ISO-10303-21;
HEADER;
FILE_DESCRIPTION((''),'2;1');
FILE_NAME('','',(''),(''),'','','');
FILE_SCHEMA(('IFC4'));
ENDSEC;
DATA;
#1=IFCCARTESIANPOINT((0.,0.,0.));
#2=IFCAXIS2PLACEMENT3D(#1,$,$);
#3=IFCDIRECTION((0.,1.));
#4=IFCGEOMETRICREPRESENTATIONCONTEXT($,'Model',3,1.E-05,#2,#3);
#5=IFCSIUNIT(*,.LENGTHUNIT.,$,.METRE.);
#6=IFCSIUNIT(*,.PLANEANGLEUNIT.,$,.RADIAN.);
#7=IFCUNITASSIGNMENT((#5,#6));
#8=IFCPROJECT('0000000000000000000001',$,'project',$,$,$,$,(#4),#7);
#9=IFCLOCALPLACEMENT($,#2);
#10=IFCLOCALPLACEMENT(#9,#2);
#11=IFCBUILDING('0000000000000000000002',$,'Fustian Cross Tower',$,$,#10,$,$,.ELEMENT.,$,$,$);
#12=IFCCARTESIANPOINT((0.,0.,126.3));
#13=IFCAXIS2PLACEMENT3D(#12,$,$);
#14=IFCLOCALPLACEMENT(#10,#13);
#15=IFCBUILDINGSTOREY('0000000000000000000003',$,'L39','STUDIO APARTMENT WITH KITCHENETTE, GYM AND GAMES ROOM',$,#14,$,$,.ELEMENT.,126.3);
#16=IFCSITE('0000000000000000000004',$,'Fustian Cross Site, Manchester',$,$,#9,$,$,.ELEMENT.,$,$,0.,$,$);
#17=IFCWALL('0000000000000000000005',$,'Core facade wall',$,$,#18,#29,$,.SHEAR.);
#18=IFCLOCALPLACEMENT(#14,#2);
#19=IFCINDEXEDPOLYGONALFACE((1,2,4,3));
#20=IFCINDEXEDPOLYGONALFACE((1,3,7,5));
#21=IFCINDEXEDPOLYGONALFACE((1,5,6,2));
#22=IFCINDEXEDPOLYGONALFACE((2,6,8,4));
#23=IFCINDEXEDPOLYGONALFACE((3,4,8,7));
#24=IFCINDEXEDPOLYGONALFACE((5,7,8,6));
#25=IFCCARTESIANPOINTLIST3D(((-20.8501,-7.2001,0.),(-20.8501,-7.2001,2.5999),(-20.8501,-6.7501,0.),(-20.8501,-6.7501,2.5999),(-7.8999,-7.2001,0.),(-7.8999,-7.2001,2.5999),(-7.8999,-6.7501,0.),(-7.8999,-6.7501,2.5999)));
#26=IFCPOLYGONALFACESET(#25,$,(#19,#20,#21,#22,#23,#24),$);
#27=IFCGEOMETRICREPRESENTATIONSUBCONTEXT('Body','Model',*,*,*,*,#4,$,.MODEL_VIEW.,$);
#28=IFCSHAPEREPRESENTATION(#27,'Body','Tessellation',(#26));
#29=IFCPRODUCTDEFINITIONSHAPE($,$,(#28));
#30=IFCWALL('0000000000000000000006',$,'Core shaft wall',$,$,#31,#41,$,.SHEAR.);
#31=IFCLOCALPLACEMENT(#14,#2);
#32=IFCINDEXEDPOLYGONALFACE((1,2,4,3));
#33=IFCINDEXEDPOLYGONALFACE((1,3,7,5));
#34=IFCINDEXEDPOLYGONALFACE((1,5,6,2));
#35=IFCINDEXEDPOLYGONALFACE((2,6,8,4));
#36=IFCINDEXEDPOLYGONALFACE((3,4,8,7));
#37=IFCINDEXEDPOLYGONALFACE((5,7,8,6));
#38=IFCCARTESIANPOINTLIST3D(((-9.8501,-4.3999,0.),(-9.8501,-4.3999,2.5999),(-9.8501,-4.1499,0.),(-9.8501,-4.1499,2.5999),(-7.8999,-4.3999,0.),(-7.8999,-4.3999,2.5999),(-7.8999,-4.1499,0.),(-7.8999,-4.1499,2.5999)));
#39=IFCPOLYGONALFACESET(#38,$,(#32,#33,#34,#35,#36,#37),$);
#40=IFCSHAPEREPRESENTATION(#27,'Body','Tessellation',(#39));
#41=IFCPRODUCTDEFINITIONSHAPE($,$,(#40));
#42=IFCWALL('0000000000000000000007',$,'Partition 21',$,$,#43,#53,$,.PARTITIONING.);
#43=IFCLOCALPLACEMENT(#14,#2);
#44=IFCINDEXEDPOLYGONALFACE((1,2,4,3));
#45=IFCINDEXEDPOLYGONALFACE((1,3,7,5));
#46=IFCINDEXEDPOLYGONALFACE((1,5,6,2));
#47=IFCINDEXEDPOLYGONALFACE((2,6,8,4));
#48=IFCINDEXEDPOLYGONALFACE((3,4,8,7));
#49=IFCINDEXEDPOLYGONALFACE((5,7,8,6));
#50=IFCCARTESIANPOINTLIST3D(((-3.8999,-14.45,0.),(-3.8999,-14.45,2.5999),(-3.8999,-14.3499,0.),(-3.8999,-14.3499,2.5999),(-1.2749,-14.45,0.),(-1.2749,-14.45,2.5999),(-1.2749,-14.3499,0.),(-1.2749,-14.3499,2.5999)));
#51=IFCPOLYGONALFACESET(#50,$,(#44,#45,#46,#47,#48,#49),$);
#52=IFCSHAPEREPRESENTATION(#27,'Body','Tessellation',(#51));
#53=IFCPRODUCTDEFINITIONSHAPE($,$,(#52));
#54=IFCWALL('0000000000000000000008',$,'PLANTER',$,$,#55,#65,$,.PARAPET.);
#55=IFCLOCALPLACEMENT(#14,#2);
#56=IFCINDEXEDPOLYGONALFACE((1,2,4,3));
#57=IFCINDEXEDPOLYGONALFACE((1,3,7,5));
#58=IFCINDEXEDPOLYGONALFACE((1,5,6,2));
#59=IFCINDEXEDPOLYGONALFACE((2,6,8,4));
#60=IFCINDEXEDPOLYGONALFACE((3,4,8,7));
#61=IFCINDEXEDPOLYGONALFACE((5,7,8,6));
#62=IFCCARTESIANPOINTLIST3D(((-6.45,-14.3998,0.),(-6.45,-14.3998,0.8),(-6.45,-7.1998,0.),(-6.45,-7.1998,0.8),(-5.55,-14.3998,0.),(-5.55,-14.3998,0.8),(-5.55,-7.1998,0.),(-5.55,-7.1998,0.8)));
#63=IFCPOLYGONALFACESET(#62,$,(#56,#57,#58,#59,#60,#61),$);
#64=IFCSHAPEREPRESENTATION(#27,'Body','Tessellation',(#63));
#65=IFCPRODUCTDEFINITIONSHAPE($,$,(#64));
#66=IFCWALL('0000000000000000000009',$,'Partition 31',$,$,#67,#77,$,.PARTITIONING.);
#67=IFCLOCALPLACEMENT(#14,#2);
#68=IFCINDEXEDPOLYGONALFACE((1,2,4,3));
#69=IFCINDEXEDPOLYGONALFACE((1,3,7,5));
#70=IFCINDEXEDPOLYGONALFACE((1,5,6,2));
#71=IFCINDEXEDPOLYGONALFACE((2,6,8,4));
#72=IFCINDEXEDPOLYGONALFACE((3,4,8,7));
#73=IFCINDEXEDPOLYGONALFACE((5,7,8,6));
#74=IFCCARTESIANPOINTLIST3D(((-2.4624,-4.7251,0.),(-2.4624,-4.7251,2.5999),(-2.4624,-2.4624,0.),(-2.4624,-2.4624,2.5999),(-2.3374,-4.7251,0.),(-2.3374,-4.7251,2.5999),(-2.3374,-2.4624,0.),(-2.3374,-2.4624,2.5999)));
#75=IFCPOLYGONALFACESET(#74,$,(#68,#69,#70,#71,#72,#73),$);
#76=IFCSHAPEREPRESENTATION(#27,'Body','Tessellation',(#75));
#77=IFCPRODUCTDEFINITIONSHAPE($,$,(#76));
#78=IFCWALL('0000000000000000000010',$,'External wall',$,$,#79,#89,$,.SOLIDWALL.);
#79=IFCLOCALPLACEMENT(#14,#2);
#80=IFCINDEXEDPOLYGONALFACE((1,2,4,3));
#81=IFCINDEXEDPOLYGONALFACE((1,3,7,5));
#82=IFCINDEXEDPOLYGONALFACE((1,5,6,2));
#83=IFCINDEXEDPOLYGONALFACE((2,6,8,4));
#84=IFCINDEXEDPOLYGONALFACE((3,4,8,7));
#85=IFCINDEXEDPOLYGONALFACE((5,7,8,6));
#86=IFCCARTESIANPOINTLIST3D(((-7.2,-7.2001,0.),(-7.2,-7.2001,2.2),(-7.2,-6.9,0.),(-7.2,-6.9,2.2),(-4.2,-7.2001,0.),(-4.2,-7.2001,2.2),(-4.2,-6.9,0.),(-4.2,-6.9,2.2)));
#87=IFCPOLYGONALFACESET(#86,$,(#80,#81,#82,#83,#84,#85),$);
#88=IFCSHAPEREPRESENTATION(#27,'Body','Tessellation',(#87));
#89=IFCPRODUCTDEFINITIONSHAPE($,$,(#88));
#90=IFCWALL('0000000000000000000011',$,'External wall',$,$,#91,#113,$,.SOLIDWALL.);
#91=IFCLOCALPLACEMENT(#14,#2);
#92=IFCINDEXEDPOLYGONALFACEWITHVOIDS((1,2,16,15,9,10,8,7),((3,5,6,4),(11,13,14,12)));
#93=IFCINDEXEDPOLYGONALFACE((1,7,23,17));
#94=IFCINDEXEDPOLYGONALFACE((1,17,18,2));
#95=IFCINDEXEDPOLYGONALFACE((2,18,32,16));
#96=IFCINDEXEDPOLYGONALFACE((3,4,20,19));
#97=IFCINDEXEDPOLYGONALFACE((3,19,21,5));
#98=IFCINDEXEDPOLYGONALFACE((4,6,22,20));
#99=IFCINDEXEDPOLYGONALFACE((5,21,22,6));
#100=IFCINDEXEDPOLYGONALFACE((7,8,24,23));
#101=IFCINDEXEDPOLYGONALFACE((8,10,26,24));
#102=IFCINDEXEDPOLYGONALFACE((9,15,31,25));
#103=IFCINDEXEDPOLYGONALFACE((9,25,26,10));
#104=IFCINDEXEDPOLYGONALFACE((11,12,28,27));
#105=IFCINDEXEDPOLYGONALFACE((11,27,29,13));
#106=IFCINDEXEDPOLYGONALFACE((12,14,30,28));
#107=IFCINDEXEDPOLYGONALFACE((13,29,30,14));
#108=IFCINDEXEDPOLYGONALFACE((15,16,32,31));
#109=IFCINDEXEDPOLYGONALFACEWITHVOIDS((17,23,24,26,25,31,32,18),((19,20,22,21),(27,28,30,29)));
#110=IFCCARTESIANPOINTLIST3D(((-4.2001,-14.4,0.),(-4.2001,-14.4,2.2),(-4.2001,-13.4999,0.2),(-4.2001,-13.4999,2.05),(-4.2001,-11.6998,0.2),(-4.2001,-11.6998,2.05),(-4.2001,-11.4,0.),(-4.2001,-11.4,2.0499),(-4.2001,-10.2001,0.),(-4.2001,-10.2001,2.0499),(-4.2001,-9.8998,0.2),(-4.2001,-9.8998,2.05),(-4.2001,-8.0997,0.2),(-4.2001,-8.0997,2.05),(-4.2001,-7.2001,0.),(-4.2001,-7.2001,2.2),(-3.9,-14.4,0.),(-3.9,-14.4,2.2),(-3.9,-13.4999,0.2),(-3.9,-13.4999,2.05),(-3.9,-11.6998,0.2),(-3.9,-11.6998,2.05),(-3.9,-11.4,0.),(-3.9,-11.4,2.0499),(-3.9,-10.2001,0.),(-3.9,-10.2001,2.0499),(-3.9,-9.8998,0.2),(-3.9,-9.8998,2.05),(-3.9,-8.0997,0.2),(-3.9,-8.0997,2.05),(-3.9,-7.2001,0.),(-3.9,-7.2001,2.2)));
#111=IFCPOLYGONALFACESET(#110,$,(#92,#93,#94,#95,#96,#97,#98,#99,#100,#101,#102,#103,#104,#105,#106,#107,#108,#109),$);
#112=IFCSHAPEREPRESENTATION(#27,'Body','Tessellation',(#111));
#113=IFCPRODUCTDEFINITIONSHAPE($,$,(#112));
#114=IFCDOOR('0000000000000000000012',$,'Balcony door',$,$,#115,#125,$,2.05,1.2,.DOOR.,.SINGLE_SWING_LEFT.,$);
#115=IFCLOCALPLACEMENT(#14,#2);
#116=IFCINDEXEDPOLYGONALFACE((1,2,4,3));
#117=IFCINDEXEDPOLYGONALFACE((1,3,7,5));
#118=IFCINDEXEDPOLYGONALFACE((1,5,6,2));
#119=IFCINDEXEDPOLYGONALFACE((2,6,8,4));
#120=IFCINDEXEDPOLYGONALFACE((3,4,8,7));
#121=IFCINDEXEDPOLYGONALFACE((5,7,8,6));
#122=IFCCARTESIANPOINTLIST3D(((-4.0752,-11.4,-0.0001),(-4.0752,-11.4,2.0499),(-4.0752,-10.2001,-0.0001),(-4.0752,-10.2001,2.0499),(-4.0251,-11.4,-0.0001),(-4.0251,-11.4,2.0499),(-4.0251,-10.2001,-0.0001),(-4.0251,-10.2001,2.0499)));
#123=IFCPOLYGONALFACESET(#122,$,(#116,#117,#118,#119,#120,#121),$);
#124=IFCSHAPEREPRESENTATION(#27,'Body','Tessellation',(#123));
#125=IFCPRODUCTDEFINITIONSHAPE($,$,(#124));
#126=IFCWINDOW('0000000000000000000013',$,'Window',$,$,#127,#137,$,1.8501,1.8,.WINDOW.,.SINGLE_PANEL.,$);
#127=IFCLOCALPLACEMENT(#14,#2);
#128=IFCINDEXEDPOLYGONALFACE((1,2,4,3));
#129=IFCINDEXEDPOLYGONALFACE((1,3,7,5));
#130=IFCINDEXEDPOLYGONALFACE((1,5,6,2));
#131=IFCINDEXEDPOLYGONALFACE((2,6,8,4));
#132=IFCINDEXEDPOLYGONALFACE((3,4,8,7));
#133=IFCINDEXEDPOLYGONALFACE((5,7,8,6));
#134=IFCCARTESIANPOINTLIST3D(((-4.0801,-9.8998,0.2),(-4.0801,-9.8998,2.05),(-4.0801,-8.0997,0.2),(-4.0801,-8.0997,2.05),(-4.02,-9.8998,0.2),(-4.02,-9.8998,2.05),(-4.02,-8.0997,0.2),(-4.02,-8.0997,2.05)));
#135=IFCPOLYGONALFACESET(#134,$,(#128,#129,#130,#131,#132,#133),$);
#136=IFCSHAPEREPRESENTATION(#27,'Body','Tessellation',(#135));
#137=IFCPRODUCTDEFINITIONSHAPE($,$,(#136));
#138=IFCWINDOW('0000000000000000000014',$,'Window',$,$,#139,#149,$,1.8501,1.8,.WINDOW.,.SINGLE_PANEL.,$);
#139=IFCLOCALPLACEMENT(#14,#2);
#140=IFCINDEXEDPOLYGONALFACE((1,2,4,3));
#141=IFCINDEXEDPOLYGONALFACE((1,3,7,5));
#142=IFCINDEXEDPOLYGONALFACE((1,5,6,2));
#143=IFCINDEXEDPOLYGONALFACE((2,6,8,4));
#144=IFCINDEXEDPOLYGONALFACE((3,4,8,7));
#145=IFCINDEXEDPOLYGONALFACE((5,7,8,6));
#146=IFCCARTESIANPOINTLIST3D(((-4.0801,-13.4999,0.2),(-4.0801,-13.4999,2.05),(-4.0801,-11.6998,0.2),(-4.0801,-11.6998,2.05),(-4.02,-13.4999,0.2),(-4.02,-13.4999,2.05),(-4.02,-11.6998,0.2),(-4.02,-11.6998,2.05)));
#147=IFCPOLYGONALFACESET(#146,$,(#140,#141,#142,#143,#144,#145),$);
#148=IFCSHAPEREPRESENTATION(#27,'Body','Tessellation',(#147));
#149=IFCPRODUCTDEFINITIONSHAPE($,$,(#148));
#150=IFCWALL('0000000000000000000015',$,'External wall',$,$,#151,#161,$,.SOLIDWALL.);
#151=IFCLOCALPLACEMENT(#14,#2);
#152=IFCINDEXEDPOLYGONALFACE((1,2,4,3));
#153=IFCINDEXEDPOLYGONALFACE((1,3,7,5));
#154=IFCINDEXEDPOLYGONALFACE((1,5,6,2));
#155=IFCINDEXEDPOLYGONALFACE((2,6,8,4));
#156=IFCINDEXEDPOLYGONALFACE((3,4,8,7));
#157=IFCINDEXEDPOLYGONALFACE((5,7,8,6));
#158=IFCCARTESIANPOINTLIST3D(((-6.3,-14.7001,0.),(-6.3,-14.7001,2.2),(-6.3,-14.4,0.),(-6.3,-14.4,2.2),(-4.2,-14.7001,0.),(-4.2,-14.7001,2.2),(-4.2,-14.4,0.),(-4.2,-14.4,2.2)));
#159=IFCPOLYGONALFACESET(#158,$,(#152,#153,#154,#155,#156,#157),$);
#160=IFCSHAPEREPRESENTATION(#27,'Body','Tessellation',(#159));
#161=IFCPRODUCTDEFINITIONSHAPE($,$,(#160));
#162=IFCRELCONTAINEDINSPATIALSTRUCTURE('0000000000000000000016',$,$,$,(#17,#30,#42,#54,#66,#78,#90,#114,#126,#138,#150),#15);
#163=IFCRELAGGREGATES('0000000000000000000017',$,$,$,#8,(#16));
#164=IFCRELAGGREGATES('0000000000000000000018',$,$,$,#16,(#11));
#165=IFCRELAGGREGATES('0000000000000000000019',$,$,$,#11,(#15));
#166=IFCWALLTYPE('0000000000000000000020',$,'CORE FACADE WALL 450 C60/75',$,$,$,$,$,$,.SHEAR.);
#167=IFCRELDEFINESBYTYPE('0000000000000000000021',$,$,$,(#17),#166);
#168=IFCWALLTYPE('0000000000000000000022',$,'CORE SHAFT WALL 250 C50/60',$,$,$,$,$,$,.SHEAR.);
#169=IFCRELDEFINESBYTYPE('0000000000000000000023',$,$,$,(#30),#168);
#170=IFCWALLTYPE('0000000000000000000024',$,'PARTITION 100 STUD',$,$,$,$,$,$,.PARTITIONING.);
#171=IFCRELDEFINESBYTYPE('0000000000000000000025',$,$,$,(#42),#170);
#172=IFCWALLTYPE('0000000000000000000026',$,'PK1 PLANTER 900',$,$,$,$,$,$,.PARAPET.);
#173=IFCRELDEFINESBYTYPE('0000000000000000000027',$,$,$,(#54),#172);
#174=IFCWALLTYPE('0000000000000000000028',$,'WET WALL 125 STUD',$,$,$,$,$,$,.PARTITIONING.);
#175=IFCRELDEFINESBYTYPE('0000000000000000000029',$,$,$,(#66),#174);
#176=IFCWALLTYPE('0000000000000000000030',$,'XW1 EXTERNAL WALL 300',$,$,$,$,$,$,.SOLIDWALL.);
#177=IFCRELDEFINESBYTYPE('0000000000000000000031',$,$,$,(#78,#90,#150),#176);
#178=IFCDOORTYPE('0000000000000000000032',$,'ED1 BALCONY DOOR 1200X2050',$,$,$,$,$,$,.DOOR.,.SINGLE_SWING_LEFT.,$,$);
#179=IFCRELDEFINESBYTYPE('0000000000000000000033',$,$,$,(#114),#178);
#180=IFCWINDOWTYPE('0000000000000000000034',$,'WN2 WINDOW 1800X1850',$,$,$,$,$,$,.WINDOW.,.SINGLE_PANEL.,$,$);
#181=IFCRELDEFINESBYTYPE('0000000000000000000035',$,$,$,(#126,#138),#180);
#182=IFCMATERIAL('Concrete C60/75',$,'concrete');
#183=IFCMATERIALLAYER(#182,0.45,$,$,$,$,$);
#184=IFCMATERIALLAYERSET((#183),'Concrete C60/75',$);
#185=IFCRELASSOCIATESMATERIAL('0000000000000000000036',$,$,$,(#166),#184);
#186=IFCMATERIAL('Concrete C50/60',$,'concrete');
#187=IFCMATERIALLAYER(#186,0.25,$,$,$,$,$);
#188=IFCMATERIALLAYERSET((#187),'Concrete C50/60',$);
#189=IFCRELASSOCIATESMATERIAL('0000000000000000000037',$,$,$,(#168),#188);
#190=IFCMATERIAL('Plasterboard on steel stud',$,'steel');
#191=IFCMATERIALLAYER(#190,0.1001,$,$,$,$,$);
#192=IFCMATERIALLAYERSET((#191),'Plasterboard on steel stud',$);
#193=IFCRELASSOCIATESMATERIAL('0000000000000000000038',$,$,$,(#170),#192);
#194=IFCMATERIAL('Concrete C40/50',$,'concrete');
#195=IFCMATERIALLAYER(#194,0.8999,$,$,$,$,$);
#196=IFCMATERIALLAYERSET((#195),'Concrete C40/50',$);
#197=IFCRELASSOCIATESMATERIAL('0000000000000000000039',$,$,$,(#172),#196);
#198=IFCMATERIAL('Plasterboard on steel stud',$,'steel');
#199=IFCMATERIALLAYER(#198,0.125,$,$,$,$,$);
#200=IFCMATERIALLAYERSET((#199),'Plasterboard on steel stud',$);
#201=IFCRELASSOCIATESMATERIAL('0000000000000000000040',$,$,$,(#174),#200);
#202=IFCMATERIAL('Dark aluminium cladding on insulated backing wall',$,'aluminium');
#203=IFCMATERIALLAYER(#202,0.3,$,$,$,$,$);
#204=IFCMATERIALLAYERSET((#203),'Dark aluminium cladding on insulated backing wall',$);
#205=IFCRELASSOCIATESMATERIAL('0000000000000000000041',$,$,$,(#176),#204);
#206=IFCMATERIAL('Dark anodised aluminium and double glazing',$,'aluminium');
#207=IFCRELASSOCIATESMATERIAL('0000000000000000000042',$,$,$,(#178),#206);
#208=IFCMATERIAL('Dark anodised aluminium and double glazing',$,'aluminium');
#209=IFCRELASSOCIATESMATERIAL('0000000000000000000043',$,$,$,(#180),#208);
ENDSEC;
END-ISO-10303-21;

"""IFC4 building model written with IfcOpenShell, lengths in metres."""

from ifc_helpers import new_model, si_unit, direction, frame, frame_2d, origin, place, context, subcontext, project, spatial, rectangle, extrude, material, layer, layer_set, type_object, element, fill, save


model = new_model("IFC4")

# Units and contexts
model_context = context("Model", 3, precision=1e-05, world=origin(), true_north=direction((0.0, 1.0)))
body_context = subcontext(model_context, "Body", "Model", "MODEL_VIEW")
ifc_project = project(units=[si_unit("LENGTHUNIT", "METRE"), si_unit("PLANEANGLEUNIT", "RADIAN")], contexts=[model_context])

# Site, building, storey
site_placement = place(None, origin())
site = spatial("IfcSite", under=ifc_project, at=site_placement, Name="Fustian Cross Site, Manchester", CompositionType="ELEMENT", RefElevation=0.0)
building_placement = place(site_placement, origin())
building = spatial("IfcBuilding", under=site, at=building_placement, Name="Fustian Cross Tower", CompositionType="ELEMENT")
storey_placement = place(building_placement, frame((0.0, 0.0, 126.3)))
storey = spatial("IfcBuildingStorey", under=building, at=storey_placement, Name="L39", Description="STUDIO APARTMENT WITH KITCHENETTE, GYM AND GAMES ROOM", CompositionType="ELEMENT", Elevation=126.3)

# Walls
ifc_material_1 = material(Name="Concrete C60/75", Category="concrete")
ifc_layer_1 = layer(ifc_material_1, 0.45)
ifc_layer_set_1 = layer_set([ifc_layer_1], Name="Concrete C60/75")
wall_type_1 = type_object("IfcWallType", Name="CORE FACADE WALL 450 C60/75", PredefinedType="SHEAR", material=ifc_layer_set_1)
wall_1_placement = place(storey_placement, frame((-7.8999, -6.9751, 0.0), z_axis=(0.0, 0.0, 1.0), x_axis=(-1.0, 0.0, 0.0)))
element("IfcWall", 1, at=wall_1_placement, inside=storey, type_object=wall_type_1, Name="Core facade wall", PredefinedType="SHEAR", context=body_context, shape_type="SweptSolid", body=[
    extrude(rectangle(XDim=12.9502, YDim=0.45, at=frame_2d((6.4751, 0.0))), origin(), (0.0, 0.0, 1.0), 2.5999),
])
ifc_material_2 = material(Name="Concrete C50/60", Category="concrete")
ifc_layer_2 = layer(ifc_material_2, 0.25)
ifc_layer_set_2 = layer_set([ifc_layer_2], Name="Concrete C50/60")
wall_type_2 = type_object("IfcWallType", Name="CORE SHAFT WALL 250 C50/60", PredefinedType="SHEAR", material=ifc_layer_set_2)
wall_2_placement = place(storey_placement, frame((-7.8999, -4.2749, 0.0), z_axis=(0.0, 0.0, 1.0), x_axis=(-1.0, 0.0, 0.0)))
element("IfcWall", 2, at=wall_2_placement, inside=storey, type_object=wall_type_2, Name="Core shaft wall", PredefinedType="SHEAR", context=body_context, shape_type="SweptSolid", body=[
    extrude(rectangle(XDim=1.9502, YDim=0.25, at=frame_2d((0.9751, 0.0))), origin(), (0.0, 0.0, 1.0), 2.5999),
])
ifc_material_3 = material(Name="Plasterboard on steel stud", Category="steel")
ifc_layer_3 = layer(ifc_material_3, 0.1001)
ifc_layer_set_3 = layer_set([ifc_layer_3], Name="Plasterboard on steel stud")
wall_type_3 = type_object("IfcWallType", Name="PARTITION 100 STUD", PredefinedType="PARTITIONING", material=ifc_layer_set_3)
wall_3_placement = place(storey_placement, frame((-3.8999, -14.3999, 0.0), z_axis=(0.0, 0.0, 1.0), x_axis=(1.0, 0.0, 0.0)))
element("IfcWall", 3, at=wall_3_placement, inside=storey, type_object=wall_type_3, Name="Partition 21", PredefinedType="PARTITIONING", context=body_context, shape_type="SweptSolid", body=[
    extrude(rectangle(XDim=2.625, YDim=0.1001, at=frame_2d((1.3125, 0.0))), origin(), (0.0, 0.0, 1.0), 2.5999),
])
ifc_material_4 = material(Name="Concrete C40/50", Category="concrete")
ifc_layer_4 = layer(ifc_material_4, 0.8999)
ifc_layer_set_4 = layer_set([ifc_layer_4], Name="Concrete C40/50")
wall_type_4 = type_object("IfcWallType", Name="PK1 PLANTER 900", PredefinedType="PARAPET", material=ifc_layer_set_4)
wall_4_placement = place(storey_placement, frame((-6.0, -14.3999, 0.0), z_axis=(0.0, 0.0, 1.0), x_axis=(0.0, 1.0, 0.0)))
element("IfcWall", 4, at=wall_4_placement, inside=storey, type_object=wall_type_4, Name="PLANTER", PredefinedType="PARAPET", context=body_context, shape_type="SweptSolid", body=[
    extrude(rectangle(XDim=7.2, YDim=0.8999, at=frame_2d((3.6001, 0.0))), origin(), (0.0, 0.0, 1.0), 0.8),
])
ifc_material_5 = material(Name="Plasterboard on steel stud", Category="steel")
ifc_layer_5 = layer(ifc_material_5, 0.125)
ifc_layer_set_5 = layer_set([ifc_layer_5], Name="Plasterboard on steel stud")
wall_type_5 = type_object("IfcWallType", Name="WET WALL 125 STUD", PredefinedType="PARTITIONING", material=ifc_layer_set_5)
wall_5_placement = place(storey_placement, frame((-2.3999, -4.7251, 0.0), z_axis=(0.0, 0.0, 1.0), x_axis=(0.0, 1.0, 0.0)))
element("IfcWall", 5, at=wall_5_placement, inside=storey, type_object=wall_type_5, Name="Partition 31", PredefinedType="PARTITIONING", context=body_context, shape_type="SweptSolid", body=[
    extrude(rectangle(XDim=2.2627, YDim=0.125, at=frame_2d((1.1313, 0.0))), origin(), (0.0, 0.0, 1.0), 2.5999),
])
ifc_material_6 = material(Name="Dark aluminium cladding on insulated backing wall", Category="aluminium")
ifc_layer_6 = layer(ifc_material_6, 0.3)
ifc_layer_set_6 = layer_set([ifc_layer_6], Name="Dark aluminium cladding on insulated backing wall")
wall_type_6 = type_object("IfcWallType", Name="XW1 EXTERNAL WALL 300", PredefinedType="SOLIDWALL", material=ifc_layer_set_6)
wall_6_placement = place(storey_placement, frame((-7.2, -7.05, 0.0), z_axis=(0.0, 0.0, 1.0), x_axis=(1.0, 0.0, 0.0)))
element("IfcWall", 6, at=wall_6_placement, inside=storey, type_object=wall_type_6, Name="External wall", PredefinedType="SOLIDWALL", context=body_context, shape_type="SweptSolid", body=[
    extrude(rectangle(XDim=3.0, YDim=0.3, at=frame_2d((1.5, 0.0))), origin(), (0.0, 0.0, 1.0), 2.2),
])

# Wall, openings, door, windows
wall_7_placement = place(storey_placement, frame((-4.05, -7.2, 0.0), z_axis=(0.0, 0.0, 1.0), x_axis=(0.0, -1.0, 0.0)))
wall_7 = element("IfcWall", 7, at=wall_7_placement, inside=storey, type_object=wall_type_6, Name="External wall", PredefinedType="SOLIDWALL", context=body_context, shape_type="SweptSolid", body=[
    extrude(rectangle(XDim=7.2, YDim=0.3, at=frame_2d((3.6001, 0.0))), origin(), (0.0, 0.0, 1.0), 2.2),
])
opening_1_placement = place(wall_7_placement, frame((3.0, 0.0, 0.0)))
opening_1 = element("IfcOpeningElement", 8, at=opening_1_placement, cuts=wall_7, PredefinedType="OPENING", context=body_context, shape_type="SweptSolid", body=[
    extrude(rectangle(XDim=1.2, YDim=2.05, at=frame_2d((0.6001, 1.0249))), frame((0.0, 0.1599, 0.0), z_axis=(0.0, -1.0, 0.0), x_axis=(1.0, 0.0, 0.0)), (0.0, 0.0, 1.0), 0.3201),
])
opening_2_placement = place(wall_7_placement, frame((0.8999, 0.0, 0.2)))
opening_2 = element("IfcOpeningElement", 9, at=opening_2_placement, cuts=wall_7, PredefinedType="OPENING", context=body_context, shape_type="SweptSolid", body=[
    extrude(rectangle(XDim=1.8, YDim=1.8501, at=frame_2d((0.8999, 0.925))), frame((0.0, 0.1599, 0.0), z_axis=(0.0, -1.0, 0.0), x_axis=(1.0, 0.0, 0.0)), (0.0, 0.0, 1.0), 0.3201),
])
opening_3_placement = place(wall_7_placement, frame((4.5, 0.0, 0.2)))
opening_3 = element("IfcOpeningElement", 10, at=opening_3_placement, cuts=wall_7, PredefinedType="OPENING", context=body_context, shape_type="SweptSolid", body=[
    extrude(rectangle(XDim=1.8, YDim=1.8501, at=frame_2d((0.8999, 0.925))), frame((0.0, 0.1599, 0.0), z_axis=(0.0, -1.0, 0.0), x_axis=(1.0, 0.0, 0.0)), (0.0, 0.0, 1.0), 0.3201),
])
ifc_material_7 = material(Name="Dark anodised aluminium and double glazing", Category="aluminium")
door_type_1 = type_object("IfcDoorType", Name="ED1 BALCONY DOOR 1200X2050", OperationType="SINGLE_SWING_LEFT", PredefinedType="DOOR", material=ifc_material_7)
door_1_placement = place(opening_1_placement, origin())
door_1 = element("IfcDoor", 11, at=door_1_placement, inside=storey, type_object=door_type_1, Name="Balcony door", OperationType="SINGLE_SWING_LEFT", OverallHeight=2.05, OverallWidth=1.2, PredefinedType="DOOR", context=body_context, shape_type="SweptSolid", body=[
    extrude(rectangle(XDim=1.2, YDim=2.05, at=frame_2d((0.6001, 1.0249))), frame((0.0, 0.0249, 0.0), z_axis=(0.0, -1.0, 0.0), x_axis=(1.0, 0.0, 0.0)), (0.0, 0.0, 1.0), 0.05),
])
fill(opening_1, door_1)
ifc_material_8 = material(Name="Dark anodised aluminium and double glazing", Category="aluminium")
window_type = type_object("IfcWindowType", Name="WN2 WINDOW 1800X1850", PartitioningType="SINGLE_PANEL", PredefinedType="WINDOW", material=ifc_material_8)
window_1_placement = place(opening_2_placement, origin())
window_1 = element("IfcWindow", 12, at=window_1_placement, inside=storey, type_object=window_type, Name="Window", OverallHeight=1.8501, OverallWidth=1.8, PartitioningType="SINGLE_PANEL", PredefinedType="WINDOW", context=body_context, shape_type="SweptSolid", body=[
    extrude(rectangle(XDim=1.8, YDim=1.8501, at=frame_2d((0.8999, 0.925))), frame((0.0, 0.03, 0.0), z_axis=(0.0, -1.0, 0.0), x_axis=(1.0, 0.0, 0.0)), (0.0, 0.0, 1.0), 0.0601),
])
fill(opening_2, window_1)
window_2_placement = place(opening_3_placement, origin())
window_2 = element("IfcWindow", 13, at=window_2_placement, inside=storey, type_object=window_type, Name="Window", OverallHeight=1.8501, OverallWidth=1.8, PartitioningType="SINGLE_PANEL", PredefinedType="WINDOW", context=body_context, shape_type="SweptSolid", body=[
    extrude(rectangle(XDim=1.8, YDim=1.8501, at=frame_2d((0.8999, 0.925))), frame((0.0, 0.03, 0.0), z_axis=(0.0, -1.0, 0.0), x_axis=(1.0, 0.0, 0.0)), (0.0, 0.0, 1.0), 0.0601),
])
fill(opening_3, window_2)

# Wall
wall_8_placement = place(storey_placement, frame((-4.2, -14.55, 0.0), z_axis=(0.0, 0.0, 1.0), x_axis=(-1.0, 0.0, 0.0)))
element("IfcWall", 14, at=wall_8_placement, inside=storey, type_object=wall_type_6, Name="External wall", PredefinedType="SOLIDWALL", context=body_context, shape_type="SweptSolid", body=[
    extrude(rectangle(XDim=2.1001, YDim=0.3, at=frame_2d((1.05, 0.0))), origin(), (0.0, 0.0, 1.0), 2.2),
])

save(model, "model.ifc")
